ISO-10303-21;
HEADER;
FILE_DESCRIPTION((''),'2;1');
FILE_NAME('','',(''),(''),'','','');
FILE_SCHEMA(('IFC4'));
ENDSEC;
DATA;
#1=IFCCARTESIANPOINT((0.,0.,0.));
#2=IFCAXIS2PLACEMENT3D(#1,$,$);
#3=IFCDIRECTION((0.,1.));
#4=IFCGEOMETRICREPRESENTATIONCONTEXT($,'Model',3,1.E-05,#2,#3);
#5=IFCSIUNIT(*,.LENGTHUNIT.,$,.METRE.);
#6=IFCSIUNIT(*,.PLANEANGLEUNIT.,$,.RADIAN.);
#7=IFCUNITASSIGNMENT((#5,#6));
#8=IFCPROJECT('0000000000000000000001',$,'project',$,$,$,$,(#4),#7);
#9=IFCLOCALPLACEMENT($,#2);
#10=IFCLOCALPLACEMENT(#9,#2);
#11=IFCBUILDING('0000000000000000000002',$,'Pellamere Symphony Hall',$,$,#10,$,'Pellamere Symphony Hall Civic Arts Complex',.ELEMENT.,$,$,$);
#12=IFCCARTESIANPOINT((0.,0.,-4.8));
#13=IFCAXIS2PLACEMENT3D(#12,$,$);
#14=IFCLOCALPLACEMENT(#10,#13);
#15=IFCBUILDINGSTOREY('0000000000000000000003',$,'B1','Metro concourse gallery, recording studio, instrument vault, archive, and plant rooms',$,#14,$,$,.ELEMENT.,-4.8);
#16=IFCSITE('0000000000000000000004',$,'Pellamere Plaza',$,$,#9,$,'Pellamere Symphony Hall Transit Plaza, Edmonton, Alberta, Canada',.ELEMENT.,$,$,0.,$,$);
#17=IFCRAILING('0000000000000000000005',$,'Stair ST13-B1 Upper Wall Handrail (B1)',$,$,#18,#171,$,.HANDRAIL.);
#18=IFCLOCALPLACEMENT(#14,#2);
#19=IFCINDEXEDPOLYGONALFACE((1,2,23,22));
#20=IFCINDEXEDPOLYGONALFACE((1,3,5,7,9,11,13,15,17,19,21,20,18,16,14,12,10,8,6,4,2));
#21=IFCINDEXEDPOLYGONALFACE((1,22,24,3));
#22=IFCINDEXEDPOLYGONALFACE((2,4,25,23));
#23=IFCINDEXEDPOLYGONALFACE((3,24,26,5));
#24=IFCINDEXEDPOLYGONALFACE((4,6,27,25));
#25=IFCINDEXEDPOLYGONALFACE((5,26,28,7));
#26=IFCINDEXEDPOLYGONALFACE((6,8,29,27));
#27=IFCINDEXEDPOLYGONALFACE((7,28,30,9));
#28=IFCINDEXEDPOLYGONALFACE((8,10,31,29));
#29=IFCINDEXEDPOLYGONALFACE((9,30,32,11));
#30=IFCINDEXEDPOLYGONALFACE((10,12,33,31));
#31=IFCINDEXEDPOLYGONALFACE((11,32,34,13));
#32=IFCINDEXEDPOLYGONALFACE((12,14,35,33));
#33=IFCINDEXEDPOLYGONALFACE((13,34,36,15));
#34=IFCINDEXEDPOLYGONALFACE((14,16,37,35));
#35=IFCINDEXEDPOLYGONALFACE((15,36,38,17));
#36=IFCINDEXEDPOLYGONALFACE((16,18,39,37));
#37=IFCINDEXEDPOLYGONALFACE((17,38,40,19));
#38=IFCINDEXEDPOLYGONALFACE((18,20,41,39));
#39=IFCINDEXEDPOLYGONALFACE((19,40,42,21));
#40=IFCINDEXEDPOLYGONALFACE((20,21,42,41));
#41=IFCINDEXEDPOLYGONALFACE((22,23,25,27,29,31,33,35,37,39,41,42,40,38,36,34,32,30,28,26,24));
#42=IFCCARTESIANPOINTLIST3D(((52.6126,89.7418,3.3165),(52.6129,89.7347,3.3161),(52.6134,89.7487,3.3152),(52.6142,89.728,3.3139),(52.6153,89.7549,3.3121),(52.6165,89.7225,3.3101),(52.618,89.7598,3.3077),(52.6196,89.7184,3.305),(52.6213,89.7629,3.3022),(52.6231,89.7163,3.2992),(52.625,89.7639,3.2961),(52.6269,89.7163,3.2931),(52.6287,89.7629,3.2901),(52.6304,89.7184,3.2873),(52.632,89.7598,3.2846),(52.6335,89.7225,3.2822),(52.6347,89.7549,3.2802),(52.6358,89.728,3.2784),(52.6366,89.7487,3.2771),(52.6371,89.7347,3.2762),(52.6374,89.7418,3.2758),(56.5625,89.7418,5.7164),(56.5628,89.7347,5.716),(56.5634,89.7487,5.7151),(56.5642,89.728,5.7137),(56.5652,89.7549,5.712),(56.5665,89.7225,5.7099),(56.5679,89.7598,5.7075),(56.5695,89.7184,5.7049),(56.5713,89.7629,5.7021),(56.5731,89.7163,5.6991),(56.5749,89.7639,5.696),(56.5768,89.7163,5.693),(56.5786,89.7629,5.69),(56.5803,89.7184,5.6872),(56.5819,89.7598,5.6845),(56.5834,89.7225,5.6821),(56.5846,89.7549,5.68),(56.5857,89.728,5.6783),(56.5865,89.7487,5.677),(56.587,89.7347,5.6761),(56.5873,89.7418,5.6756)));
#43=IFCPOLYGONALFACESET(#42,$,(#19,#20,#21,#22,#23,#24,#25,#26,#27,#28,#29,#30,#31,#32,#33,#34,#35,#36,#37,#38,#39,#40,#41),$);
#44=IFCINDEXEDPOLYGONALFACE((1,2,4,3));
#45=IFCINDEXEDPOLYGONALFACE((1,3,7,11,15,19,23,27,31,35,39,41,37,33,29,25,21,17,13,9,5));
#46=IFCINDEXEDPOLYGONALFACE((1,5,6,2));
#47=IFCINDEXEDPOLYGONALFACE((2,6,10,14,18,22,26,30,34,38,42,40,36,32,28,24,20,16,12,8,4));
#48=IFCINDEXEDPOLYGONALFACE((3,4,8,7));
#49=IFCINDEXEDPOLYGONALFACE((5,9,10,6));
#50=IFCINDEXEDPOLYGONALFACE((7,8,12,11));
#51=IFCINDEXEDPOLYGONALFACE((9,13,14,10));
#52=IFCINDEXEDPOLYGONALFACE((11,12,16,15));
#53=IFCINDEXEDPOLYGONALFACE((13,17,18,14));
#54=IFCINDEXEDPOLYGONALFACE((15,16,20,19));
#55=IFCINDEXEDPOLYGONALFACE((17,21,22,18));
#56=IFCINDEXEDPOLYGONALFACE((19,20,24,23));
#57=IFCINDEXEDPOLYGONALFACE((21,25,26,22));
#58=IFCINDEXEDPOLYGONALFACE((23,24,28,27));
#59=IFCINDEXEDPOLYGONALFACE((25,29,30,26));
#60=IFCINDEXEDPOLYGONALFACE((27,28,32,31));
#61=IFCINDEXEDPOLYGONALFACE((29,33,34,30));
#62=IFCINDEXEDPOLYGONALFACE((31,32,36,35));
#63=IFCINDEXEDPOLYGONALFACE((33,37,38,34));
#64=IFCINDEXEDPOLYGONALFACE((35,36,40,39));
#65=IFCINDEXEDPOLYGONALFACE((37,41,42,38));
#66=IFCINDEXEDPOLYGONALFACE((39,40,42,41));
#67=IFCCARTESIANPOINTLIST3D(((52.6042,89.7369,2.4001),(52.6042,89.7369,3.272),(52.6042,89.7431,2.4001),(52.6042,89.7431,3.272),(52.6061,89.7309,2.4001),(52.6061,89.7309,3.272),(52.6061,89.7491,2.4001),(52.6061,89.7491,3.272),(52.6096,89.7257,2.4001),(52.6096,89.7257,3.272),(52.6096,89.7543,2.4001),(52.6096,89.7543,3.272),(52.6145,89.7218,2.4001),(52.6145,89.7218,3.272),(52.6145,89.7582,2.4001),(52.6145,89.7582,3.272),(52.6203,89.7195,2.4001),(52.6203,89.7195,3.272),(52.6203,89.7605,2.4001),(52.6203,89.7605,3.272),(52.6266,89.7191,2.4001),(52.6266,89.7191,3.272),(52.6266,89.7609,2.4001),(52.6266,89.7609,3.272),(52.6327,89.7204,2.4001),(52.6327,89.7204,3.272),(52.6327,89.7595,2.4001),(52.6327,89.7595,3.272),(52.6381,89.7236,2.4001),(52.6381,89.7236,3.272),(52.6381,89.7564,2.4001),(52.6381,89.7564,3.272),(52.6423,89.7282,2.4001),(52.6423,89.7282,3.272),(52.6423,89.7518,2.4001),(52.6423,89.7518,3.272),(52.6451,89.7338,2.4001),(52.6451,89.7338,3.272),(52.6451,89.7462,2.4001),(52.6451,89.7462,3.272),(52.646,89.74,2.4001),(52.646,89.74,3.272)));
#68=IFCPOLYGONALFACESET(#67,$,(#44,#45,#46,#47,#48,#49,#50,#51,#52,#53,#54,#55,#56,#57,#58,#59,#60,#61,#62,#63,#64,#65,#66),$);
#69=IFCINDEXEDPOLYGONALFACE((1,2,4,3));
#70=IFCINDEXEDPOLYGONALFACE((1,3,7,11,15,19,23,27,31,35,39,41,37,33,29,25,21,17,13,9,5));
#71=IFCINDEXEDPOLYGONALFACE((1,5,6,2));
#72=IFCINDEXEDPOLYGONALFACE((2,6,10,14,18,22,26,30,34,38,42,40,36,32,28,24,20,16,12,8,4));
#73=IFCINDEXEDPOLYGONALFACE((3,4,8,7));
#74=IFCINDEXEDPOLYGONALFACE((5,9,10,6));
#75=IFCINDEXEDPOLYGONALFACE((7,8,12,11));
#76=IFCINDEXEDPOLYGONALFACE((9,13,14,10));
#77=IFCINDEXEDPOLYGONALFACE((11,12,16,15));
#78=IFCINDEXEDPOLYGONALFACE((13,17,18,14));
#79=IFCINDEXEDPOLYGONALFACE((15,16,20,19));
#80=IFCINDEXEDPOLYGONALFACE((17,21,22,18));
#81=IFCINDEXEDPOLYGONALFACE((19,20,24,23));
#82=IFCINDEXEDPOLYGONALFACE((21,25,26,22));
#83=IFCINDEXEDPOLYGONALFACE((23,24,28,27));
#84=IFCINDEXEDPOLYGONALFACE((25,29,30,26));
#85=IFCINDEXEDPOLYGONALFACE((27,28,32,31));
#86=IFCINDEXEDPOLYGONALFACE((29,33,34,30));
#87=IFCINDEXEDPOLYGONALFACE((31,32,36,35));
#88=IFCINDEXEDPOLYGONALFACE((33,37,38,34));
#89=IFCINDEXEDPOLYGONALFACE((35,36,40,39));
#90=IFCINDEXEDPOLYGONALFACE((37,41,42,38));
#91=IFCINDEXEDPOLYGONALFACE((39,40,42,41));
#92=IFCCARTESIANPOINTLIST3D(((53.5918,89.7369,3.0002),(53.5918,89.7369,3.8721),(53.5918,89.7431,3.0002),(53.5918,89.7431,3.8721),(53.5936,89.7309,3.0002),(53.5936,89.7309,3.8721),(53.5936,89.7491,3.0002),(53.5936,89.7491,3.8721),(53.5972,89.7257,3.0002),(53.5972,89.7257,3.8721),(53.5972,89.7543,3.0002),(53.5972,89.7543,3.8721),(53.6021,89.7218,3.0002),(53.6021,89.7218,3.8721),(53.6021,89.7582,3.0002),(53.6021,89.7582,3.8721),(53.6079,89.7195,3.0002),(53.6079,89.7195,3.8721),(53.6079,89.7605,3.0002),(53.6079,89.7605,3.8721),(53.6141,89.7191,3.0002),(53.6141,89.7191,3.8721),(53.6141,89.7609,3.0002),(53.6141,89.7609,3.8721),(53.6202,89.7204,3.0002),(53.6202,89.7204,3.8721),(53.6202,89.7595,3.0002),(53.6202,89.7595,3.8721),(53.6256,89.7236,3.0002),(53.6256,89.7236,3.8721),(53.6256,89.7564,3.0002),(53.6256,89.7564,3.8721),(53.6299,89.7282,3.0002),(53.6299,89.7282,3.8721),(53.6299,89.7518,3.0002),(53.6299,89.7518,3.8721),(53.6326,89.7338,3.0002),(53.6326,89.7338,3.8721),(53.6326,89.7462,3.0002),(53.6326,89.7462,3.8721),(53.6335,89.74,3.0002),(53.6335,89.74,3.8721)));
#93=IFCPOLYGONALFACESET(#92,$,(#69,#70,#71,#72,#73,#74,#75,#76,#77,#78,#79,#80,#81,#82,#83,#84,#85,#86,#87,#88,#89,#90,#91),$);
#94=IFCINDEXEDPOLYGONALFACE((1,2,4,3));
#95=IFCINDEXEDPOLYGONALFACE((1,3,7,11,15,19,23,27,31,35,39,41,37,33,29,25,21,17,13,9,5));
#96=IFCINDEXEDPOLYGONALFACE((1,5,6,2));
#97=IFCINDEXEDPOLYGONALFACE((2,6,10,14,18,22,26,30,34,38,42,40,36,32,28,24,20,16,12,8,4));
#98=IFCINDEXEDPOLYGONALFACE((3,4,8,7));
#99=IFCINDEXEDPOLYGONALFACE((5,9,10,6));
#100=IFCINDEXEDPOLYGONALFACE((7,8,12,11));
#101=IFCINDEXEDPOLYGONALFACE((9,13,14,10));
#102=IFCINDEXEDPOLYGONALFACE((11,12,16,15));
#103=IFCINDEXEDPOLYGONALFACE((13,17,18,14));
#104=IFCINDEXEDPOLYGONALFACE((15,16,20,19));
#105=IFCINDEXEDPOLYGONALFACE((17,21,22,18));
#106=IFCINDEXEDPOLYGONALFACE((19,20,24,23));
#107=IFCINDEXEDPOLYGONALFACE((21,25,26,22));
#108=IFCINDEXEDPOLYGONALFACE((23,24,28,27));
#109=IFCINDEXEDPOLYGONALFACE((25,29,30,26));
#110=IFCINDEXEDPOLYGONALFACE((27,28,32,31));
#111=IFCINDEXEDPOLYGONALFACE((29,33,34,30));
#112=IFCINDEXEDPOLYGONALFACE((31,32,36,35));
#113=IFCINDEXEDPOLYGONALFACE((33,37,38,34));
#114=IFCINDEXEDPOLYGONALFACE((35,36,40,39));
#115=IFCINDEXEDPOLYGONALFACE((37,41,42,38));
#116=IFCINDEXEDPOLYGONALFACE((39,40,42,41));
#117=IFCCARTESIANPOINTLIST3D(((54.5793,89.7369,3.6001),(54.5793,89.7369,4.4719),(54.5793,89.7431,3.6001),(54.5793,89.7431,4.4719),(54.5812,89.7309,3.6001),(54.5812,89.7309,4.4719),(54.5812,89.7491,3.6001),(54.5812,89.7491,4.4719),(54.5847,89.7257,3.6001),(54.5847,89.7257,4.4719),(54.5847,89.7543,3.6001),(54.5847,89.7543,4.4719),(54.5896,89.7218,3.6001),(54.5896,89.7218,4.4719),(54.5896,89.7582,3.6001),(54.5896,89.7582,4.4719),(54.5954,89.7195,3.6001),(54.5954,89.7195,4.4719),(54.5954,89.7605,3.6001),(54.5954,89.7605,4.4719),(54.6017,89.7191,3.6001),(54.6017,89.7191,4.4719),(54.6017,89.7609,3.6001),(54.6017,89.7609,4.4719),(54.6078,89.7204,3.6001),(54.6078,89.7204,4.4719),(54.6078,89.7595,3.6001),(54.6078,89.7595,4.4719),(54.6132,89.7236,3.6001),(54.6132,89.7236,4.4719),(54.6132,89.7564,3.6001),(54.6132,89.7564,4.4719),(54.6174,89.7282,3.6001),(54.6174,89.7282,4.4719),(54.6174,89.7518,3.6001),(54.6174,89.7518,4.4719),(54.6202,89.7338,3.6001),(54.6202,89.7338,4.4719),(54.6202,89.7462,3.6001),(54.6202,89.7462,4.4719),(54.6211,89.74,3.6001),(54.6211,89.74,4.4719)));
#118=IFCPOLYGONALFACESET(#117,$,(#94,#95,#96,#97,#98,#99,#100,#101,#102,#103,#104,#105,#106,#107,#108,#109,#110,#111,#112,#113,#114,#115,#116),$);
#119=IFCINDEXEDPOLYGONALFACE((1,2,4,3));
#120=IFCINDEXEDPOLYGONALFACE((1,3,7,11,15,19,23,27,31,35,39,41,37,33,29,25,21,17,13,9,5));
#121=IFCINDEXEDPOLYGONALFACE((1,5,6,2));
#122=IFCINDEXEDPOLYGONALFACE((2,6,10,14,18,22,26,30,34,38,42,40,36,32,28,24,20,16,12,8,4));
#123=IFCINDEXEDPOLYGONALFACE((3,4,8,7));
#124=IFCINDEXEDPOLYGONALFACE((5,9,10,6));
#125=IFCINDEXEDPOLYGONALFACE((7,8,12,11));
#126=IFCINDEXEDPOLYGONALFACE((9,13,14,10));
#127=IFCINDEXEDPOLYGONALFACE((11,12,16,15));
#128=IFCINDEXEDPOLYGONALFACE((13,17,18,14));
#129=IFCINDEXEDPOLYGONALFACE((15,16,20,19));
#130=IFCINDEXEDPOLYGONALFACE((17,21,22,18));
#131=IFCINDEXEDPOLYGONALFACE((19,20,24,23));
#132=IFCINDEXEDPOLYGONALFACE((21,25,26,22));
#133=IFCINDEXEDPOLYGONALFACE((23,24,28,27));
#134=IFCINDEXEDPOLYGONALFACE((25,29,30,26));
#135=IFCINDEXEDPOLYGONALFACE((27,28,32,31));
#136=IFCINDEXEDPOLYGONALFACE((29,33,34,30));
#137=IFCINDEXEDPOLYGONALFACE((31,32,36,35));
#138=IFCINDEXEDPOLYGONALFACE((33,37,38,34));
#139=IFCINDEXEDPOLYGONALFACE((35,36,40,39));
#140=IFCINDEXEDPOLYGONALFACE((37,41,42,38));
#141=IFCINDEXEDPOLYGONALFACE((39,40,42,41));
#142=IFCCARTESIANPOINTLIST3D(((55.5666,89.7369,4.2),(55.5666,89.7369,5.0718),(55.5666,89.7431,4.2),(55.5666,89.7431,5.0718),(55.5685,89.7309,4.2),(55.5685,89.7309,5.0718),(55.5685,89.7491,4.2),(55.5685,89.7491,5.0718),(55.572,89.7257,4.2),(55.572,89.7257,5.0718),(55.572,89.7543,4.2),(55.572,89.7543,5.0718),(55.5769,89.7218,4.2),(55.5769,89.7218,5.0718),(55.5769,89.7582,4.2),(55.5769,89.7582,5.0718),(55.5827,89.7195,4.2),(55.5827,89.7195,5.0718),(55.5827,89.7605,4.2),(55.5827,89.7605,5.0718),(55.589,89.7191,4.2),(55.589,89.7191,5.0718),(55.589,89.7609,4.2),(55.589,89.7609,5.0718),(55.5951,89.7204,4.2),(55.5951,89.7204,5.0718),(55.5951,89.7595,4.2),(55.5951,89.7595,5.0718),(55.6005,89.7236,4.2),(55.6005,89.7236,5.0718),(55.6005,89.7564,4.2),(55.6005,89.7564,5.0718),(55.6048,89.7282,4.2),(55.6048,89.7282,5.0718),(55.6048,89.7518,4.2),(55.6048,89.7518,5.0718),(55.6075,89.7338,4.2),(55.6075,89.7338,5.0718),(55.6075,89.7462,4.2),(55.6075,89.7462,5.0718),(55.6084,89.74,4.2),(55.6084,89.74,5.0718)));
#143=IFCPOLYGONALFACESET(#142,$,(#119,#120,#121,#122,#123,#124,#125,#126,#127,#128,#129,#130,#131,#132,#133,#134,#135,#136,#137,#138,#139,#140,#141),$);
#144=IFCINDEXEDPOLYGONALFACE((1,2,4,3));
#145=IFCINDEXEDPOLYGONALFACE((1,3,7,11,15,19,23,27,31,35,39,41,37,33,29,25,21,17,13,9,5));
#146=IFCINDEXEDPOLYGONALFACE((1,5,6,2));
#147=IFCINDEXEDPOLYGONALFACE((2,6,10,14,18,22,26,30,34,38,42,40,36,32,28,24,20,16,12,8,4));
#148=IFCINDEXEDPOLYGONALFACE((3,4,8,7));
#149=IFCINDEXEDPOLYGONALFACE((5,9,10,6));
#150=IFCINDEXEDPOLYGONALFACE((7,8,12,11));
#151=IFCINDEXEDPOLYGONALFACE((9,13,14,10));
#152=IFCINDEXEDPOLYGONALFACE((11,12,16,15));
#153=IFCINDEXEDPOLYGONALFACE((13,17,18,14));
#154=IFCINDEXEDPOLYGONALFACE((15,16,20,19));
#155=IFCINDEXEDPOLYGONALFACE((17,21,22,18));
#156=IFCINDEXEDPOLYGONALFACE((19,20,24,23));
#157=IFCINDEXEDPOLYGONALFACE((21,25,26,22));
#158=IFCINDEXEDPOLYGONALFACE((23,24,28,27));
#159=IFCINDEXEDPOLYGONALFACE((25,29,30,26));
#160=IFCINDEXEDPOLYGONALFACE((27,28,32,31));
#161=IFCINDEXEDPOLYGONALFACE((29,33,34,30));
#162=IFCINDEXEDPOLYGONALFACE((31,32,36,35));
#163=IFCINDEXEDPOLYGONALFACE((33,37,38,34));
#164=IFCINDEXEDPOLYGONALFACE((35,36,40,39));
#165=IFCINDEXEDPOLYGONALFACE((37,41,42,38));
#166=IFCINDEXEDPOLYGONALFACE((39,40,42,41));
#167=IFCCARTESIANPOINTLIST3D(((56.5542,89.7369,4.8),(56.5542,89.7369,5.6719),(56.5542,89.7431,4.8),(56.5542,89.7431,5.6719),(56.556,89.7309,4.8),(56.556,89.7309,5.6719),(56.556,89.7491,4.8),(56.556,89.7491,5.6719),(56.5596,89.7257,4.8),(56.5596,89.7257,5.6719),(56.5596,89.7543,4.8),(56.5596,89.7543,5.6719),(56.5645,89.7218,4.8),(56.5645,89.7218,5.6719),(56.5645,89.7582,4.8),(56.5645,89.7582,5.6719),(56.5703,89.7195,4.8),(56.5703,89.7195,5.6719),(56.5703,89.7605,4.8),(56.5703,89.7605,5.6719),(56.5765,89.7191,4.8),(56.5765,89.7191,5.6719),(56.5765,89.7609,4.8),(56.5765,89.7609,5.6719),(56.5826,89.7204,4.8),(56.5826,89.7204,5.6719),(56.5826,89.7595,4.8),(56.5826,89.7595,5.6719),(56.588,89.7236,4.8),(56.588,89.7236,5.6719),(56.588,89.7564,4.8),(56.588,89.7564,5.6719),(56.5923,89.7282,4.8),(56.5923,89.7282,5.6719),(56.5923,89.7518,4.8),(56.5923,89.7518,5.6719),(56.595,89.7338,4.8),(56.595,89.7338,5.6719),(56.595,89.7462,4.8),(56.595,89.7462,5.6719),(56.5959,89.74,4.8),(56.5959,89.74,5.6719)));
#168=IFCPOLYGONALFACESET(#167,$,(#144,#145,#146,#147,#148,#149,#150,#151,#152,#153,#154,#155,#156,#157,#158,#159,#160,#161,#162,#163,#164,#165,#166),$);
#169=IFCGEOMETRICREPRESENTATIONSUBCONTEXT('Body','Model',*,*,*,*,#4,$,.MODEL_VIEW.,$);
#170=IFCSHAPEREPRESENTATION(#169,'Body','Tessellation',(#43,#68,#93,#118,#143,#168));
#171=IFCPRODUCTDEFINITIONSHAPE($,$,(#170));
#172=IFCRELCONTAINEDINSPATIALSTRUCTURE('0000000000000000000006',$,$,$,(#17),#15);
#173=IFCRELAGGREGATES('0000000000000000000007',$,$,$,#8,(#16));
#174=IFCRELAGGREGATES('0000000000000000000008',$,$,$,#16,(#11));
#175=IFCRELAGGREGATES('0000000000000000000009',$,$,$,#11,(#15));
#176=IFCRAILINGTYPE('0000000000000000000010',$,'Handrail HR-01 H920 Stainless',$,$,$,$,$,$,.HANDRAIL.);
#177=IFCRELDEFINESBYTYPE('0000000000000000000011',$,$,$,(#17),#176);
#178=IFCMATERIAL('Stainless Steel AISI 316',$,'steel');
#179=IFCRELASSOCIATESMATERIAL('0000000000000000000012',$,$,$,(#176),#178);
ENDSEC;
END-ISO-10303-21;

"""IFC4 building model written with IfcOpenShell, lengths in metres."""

from ifc_helpers import new_model, si_unit, direction, frame, origin, origin_2d, place, context, subcontext, project, spatial, circle, extrude, material, type_object, element, save


model = new_model("IFC4")

# Units and contexts
model_context = context("Model", 3, precision=1e-05, world=origin(), true_north=direction((0.0, 1.0)))
body_context = subcontext(model_context, "Body", "Model", "MODEL_VIEW")
ifc_project = project(units=[si_unit("LENGTHUNIT", "METRE"), si_unit("PLANEANGLEUNIT", "RADIAN")], contexts=[model_context])

# Site, building, storey
site_placement = place(None, origin())
site = spatial("IfcSite", under=ifc_project, at=site_placement, Name="Pellamere Plaza", LongName="Pellamere Symphony Hall Transit Plaza, Edmonton, Alberta, Canada", CompositionType="ELEMENT", RefElevation=0.0)
building_placement = place(site_placement, origin())
building = spatial("IfcBuilding", under=site, at=building_placement, Name="Pellamere Symphony Hall", LongName="Pellamere Symphony Hall Civic Arts Complex", CompositionType="ELEMENT")
storey_placement = place(building_placement, frame((0.0, 0.0, -4.8)))
storey = spatial("IfcBuildingStorey", under=building, at=storey_placement, Name="B1", Description="Metro concourse gallery, recording studio, instrument vault, archive, and plant rooms", CompositionType="ELEMENT", Elevation=-4.8)

# Railing
ifc_material_1 = material(Name="Stainless Steel AISI 316", Category="steel")
railing_type_1 = type_object("IfcRailingType", Name="Handrail HR-01 H920 Stainless", PredefinedType="HANDRAIL", material=ifc_material_1)
railing_1_placement = place(storey_placement, frame((52.625, 89.74, 2.4001)))
element("IfcRailing", 1, at=railing_1_placement, inside=storey, type_object=railing_type_1, Name="Stair ST13-B1 Upper Wall Handrail (B1)", PredefinedType="HANDRAIL", context=body_context, shape_type="SweptSolid", body=[
    extrude(circle(Radius=0.0239, at=origin_2d()), frame((0.0, 0.0, 0.896), z_axis=(0.854623, 0.0, 0.51925), x_axis=(0.0, 1.0, 0.0)), (0.0, 0.0, 1.0), 4.6218),
    extrude(circle(Radius=0.021, at=origin_2d()), origin(), (0.0, 0.0, 1.0), 0.8718),
    extrude(circle(Radius=0.021, at=origin_2d()), frame((0.9875, 0.0, 0.6001)), (0.0, 0.0, 1.0), 0.8718),
    extrude(circle(Radius=0.021, at=origin_2d()), frame((1.9751, 0.0, 1.2)), (0.0, 0.0, 1.0), 0.8718),
    extrude(circle(Radius=0.021, at=origin_2d()), frame((2.9624, 0.0, 1.7998)), (0.0, 0.0, 1.0), 0.8718),
    extrude(circle(Radius=0.021, at=origin_2d()), frame((3.95, 0.0, 2.3999)), (0.0, 0.0, 1.0), 0.8718),
])

save(model, "model.ifc")
